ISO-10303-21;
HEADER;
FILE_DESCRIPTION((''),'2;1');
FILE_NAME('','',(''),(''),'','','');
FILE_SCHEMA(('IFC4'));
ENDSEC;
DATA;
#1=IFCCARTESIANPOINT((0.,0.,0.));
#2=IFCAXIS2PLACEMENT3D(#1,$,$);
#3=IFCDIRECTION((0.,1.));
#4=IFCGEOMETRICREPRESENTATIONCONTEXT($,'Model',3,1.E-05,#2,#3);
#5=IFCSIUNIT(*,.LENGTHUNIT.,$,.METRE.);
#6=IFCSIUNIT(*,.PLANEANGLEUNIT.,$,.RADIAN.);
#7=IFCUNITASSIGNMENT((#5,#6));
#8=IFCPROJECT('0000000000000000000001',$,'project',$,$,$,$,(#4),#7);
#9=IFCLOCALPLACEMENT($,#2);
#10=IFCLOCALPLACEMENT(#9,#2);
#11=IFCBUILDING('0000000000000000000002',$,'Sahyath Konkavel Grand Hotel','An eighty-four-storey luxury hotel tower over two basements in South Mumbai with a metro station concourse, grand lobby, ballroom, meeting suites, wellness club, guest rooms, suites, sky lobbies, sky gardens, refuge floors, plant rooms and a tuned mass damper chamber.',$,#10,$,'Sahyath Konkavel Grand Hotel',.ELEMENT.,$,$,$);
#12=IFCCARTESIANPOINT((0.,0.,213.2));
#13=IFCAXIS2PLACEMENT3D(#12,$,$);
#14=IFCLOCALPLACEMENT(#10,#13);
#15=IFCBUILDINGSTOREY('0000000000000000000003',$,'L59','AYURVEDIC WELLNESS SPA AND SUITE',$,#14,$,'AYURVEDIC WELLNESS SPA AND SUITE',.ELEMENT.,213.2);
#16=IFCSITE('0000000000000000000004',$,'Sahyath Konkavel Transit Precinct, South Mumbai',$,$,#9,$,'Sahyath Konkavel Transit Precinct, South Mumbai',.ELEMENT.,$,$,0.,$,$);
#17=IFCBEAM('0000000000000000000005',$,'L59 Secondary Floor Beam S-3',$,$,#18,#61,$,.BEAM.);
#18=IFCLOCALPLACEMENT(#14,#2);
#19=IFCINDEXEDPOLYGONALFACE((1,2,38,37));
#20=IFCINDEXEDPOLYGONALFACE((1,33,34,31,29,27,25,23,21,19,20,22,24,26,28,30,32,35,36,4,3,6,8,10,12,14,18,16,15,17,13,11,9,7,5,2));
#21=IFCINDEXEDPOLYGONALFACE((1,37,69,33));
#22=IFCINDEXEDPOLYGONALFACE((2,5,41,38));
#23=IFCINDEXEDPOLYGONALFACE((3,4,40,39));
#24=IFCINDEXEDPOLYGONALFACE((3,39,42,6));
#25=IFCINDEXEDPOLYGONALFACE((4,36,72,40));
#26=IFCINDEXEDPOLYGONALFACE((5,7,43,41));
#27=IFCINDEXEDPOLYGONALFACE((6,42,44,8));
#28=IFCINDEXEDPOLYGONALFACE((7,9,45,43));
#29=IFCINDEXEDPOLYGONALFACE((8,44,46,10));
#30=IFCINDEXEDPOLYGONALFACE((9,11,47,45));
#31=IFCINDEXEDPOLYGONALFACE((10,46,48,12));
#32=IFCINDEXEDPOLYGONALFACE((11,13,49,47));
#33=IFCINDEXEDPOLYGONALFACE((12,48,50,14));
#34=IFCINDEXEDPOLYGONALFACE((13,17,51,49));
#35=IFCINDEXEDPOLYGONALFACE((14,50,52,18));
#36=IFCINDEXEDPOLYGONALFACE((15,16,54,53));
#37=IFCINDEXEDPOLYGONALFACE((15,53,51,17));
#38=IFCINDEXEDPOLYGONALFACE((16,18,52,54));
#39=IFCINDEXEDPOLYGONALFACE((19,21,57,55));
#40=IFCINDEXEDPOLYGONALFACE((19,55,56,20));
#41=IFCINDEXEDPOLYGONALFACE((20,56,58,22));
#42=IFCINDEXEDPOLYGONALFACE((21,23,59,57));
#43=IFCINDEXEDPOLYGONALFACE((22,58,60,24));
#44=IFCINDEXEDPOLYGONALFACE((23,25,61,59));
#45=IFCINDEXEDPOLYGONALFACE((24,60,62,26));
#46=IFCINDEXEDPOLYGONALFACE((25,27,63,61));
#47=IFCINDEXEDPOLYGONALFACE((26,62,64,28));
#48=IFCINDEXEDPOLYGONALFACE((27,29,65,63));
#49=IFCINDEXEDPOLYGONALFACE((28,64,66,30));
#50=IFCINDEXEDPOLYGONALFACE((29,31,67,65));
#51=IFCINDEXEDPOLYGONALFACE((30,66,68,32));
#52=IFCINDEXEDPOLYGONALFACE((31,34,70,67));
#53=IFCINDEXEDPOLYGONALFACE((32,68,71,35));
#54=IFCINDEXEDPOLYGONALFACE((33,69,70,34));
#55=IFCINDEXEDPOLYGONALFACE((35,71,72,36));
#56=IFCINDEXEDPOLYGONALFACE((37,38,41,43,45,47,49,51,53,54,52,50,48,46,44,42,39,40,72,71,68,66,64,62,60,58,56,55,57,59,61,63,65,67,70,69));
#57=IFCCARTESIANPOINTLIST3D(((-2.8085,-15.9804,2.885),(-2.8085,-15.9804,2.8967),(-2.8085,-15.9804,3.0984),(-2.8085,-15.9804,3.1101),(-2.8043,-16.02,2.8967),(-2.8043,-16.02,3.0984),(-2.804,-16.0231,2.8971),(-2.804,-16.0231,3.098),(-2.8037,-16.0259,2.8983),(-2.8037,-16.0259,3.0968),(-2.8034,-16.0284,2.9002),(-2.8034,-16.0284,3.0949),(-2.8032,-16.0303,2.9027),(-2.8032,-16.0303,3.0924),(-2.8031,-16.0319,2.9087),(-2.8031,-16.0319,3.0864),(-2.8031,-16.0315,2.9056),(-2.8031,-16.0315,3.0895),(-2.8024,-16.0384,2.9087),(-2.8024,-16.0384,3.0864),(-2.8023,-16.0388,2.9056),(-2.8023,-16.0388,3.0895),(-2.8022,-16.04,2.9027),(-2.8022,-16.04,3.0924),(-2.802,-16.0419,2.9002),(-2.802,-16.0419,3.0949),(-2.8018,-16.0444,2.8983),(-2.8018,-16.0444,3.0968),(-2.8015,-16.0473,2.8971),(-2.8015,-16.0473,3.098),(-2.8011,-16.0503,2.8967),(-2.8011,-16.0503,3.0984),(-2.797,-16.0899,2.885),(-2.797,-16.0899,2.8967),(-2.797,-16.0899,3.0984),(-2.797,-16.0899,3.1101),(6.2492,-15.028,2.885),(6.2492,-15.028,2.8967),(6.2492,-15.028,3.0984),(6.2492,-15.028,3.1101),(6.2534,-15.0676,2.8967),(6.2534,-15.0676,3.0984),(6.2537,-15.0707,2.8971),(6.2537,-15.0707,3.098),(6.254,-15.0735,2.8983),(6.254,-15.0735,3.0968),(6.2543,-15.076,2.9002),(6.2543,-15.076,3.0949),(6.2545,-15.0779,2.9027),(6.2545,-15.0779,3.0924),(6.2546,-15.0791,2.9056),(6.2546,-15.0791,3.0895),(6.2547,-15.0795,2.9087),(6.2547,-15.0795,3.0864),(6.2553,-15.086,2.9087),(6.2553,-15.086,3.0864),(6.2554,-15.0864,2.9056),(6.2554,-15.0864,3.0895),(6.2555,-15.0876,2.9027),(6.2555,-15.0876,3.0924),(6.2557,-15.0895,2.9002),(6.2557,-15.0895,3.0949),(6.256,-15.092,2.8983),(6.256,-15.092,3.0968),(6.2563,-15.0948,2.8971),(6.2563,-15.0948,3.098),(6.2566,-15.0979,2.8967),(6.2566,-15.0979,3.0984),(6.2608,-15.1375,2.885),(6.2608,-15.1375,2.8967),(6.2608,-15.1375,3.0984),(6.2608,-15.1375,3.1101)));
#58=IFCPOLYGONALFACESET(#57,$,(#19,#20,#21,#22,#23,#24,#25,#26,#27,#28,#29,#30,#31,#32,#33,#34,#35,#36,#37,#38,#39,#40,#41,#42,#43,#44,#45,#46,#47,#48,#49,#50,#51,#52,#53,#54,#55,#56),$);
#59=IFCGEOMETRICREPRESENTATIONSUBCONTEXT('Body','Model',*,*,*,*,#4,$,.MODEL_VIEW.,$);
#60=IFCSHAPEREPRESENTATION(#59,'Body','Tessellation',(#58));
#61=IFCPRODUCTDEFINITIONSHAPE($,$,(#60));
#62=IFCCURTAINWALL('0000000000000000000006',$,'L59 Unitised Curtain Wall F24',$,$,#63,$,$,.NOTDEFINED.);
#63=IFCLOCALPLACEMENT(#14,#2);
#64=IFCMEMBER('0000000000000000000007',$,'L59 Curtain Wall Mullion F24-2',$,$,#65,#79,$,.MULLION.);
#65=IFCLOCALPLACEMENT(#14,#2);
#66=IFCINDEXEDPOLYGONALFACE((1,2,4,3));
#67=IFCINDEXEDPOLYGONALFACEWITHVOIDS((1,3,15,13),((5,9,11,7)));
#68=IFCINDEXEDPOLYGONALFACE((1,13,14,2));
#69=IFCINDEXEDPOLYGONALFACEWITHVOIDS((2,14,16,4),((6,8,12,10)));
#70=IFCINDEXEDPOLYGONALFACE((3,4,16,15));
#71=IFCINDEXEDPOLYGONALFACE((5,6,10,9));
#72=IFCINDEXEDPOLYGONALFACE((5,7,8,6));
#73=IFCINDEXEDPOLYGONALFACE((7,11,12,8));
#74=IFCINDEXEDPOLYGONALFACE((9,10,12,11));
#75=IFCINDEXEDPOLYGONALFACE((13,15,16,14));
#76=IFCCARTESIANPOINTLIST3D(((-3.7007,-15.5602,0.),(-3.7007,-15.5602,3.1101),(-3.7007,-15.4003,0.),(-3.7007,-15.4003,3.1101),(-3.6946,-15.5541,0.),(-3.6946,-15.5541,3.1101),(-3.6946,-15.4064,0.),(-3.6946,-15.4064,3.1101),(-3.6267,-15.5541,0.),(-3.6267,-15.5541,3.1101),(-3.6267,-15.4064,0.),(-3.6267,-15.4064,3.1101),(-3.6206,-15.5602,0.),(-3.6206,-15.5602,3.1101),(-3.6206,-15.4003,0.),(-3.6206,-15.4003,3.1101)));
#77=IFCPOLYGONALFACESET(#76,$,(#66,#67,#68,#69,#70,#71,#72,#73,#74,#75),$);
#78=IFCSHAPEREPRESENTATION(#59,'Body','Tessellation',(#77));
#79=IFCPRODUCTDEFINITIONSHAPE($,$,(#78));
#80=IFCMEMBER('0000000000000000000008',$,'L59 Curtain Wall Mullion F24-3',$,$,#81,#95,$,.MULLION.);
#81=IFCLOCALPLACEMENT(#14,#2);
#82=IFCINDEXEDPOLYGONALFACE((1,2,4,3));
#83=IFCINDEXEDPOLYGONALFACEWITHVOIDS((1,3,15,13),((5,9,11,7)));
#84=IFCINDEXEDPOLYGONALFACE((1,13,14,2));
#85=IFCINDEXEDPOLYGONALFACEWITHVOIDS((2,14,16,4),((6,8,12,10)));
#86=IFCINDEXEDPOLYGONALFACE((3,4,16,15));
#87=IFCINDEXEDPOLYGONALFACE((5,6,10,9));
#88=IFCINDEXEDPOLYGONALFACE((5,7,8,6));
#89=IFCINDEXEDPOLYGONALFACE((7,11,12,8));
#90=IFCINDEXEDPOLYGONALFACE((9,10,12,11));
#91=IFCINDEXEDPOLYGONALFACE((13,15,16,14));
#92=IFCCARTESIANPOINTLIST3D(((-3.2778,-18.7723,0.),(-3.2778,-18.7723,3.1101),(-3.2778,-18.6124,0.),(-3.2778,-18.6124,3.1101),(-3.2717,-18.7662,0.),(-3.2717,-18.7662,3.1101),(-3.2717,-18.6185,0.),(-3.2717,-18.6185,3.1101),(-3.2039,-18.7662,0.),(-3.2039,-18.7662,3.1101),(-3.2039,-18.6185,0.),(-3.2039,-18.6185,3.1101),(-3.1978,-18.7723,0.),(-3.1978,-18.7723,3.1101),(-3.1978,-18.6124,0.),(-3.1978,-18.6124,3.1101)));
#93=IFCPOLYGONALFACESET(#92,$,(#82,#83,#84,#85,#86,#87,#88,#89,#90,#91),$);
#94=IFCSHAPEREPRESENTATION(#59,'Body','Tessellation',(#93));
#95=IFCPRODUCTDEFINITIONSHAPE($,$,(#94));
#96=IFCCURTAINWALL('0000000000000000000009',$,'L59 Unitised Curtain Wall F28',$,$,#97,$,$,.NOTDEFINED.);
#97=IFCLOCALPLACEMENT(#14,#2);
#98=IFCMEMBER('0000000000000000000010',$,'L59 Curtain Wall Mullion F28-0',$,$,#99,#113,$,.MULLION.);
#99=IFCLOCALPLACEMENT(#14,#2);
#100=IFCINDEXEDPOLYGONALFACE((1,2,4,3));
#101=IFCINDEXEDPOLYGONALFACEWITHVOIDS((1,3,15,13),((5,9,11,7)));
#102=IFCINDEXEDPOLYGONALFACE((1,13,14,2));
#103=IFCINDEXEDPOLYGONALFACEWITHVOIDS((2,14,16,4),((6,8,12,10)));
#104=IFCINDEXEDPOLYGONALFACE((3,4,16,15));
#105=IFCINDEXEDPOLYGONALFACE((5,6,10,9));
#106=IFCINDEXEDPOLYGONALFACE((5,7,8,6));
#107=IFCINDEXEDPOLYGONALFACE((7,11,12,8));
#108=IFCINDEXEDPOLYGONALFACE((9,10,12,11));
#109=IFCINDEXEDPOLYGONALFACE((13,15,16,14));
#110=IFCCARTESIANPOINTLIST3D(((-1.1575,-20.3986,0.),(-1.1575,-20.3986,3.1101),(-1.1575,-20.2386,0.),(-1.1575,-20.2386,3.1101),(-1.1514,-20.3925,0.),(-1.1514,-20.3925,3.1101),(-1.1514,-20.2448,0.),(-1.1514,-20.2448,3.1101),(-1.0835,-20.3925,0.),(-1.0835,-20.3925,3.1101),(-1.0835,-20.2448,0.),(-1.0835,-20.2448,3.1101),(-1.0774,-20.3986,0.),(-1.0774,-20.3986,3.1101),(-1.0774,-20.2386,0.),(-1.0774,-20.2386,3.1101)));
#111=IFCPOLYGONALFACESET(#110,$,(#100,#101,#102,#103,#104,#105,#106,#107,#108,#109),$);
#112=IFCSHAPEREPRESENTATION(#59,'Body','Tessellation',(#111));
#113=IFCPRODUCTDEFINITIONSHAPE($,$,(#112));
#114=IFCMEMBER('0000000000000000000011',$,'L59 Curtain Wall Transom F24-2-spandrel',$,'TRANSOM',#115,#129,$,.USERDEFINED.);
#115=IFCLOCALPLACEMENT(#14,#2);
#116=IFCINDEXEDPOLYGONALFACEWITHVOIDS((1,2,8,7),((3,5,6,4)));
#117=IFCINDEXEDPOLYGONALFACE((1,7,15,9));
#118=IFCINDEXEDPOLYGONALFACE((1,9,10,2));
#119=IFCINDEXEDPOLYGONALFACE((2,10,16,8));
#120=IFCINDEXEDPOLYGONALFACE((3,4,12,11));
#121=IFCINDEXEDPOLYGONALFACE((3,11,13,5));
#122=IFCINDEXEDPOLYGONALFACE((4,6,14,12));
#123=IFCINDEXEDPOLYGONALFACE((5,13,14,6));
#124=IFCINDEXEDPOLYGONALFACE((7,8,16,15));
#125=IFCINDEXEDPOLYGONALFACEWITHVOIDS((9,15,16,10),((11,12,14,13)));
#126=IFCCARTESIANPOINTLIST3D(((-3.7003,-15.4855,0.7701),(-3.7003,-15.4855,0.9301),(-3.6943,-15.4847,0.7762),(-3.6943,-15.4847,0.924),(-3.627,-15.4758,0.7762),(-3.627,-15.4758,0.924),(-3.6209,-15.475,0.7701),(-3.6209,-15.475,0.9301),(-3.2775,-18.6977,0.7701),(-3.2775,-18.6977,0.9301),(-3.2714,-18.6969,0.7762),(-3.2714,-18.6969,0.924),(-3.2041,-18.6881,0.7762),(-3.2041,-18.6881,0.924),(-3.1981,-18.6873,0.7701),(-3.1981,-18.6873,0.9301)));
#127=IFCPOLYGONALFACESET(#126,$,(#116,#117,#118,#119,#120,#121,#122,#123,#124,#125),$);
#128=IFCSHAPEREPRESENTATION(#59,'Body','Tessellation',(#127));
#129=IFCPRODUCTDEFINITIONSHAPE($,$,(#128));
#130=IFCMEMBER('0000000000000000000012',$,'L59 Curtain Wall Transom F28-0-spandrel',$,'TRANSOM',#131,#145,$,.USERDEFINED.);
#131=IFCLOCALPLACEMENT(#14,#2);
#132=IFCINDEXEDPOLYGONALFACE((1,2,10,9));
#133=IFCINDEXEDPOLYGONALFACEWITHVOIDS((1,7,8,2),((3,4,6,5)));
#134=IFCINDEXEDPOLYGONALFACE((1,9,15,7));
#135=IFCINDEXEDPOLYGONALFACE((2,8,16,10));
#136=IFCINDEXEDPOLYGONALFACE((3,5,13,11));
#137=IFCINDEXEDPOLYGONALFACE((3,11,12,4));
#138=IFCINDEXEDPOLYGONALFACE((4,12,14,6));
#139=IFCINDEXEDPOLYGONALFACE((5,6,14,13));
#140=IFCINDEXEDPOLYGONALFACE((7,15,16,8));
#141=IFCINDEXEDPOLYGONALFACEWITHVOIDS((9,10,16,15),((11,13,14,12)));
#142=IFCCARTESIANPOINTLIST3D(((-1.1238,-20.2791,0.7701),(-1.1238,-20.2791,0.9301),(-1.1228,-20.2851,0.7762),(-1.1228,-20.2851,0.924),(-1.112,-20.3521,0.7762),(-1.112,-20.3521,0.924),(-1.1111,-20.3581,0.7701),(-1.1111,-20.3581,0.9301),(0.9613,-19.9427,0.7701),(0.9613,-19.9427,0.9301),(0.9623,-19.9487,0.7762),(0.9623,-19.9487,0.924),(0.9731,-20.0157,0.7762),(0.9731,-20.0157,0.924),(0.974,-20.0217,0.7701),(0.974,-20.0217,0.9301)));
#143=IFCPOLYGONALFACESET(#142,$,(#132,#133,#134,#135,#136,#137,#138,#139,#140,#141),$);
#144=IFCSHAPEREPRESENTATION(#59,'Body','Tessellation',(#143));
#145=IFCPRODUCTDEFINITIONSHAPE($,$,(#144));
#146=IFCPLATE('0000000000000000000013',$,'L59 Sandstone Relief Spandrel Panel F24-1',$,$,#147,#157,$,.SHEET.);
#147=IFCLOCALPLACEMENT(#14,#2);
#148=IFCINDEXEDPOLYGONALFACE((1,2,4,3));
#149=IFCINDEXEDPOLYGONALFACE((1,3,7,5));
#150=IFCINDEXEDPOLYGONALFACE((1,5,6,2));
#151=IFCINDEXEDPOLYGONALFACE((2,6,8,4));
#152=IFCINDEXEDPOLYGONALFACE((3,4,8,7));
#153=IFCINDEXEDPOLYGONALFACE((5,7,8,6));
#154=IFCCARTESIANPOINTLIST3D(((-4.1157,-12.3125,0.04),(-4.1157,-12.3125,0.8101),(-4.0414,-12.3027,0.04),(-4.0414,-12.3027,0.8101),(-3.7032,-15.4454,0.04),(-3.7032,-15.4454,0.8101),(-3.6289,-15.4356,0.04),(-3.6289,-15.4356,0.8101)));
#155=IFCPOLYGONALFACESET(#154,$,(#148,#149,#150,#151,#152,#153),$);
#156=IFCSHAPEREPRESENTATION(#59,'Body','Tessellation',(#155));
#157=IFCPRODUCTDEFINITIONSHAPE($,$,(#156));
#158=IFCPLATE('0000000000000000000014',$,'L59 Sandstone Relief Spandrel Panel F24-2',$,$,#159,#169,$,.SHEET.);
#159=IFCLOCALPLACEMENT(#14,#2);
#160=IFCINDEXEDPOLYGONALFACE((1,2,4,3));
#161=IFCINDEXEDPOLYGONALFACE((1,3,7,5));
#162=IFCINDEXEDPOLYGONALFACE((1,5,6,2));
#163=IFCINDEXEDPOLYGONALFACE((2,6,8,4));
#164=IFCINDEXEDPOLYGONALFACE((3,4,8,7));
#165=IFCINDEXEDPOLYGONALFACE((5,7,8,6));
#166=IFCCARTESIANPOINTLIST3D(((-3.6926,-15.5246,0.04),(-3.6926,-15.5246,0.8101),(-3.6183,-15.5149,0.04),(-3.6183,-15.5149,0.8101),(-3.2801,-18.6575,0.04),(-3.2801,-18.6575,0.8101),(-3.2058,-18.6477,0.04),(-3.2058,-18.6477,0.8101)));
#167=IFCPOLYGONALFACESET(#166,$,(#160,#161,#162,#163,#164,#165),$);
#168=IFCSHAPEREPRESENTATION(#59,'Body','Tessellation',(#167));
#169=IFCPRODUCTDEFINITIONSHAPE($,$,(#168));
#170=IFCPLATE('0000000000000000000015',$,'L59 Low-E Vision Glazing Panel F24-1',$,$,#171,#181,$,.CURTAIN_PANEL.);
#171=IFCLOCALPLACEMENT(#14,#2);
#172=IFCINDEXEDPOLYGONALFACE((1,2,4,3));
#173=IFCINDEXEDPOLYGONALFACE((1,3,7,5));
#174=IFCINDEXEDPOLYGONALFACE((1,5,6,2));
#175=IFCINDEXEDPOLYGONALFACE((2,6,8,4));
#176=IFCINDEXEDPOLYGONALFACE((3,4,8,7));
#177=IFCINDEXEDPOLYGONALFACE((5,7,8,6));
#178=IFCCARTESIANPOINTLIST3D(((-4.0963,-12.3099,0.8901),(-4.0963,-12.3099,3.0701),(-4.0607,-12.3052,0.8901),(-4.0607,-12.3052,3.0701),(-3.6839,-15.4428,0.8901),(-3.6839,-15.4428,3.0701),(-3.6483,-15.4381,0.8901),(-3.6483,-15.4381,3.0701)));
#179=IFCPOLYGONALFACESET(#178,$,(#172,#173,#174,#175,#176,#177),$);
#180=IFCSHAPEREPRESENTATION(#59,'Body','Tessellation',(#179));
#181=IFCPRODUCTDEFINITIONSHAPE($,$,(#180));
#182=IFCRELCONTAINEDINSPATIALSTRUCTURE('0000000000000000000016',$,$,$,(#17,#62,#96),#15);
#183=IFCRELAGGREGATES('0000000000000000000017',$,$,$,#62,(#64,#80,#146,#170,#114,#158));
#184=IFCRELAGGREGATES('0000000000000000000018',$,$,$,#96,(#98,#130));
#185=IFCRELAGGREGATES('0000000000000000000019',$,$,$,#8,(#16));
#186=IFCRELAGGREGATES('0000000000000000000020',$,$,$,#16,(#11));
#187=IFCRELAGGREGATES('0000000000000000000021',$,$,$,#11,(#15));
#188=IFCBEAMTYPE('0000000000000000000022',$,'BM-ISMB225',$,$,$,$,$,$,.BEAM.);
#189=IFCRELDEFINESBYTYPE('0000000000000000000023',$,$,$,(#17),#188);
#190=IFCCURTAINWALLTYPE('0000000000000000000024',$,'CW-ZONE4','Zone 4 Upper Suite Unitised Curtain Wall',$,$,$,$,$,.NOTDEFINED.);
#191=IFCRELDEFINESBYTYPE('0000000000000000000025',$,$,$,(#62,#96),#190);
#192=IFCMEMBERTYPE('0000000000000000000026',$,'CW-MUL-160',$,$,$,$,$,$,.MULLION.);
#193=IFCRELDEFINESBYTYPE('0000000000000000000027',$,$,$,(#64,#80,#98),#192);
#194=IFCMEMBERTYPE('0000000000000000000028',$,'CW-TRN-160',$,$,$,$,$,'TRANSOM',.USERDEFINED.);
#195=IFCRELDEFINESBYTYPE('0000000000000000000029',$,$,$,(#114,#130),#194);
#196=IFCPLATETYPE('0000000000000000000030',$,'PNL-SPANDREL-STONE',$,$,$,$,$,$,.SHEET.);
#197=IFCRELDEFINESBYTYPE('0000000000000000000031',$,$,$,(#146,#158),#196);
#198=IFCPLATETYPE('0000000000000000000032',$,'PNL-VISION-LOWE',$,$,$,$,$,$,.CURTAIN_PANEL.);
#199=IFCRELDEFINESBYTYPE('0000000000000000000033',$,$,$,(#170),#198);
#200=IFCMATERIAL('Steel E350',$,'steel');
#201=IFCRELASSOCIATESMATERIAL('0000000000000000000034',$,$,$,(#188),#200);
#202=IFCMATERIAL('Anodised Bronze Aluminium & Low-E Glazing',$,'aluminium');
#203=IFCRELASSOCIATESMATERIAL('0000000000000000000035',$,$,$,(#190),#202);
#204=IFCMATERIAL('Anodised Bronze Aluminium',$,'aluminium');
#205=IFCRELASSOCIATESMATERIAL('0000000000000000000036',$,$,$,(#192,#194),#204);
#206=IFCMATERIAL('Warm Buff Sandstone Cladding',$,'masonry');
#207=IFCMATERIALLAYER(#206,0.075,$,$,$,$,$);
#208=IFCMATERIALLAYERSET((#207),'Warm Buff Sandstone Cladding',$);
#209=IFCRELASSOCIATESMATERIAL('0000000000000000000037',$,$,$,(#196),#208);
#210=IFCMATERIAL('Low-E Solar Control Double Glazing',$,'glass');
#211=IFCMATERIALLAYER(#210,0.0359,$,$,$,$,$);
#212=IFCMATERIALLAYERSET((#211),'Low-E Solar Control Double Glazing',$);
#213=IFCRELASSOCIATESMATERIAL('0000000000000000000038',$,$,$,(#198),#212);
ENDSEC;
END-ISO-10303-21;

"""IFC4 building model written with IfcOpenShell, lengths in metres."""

from ifc_helpers import new_model, si_unit, direction, frame, origin, origin_2d, place, context, subcontext, project, spatial, rectangle, hollow_rectangle, i_section, extrude, source, transform, mapped, material, layer, layer_set, material_profile, profile_set, type_object, element, aggregate, save


model = new_model("IFC4")

# Units and contexts
model_context = context("Model", 3, precision=1e-05, world=origin(), true_north=direction((0.0, 1.0)))
body_context = subcontext(model_context, "Body", "Model", "MODEL_VIEW")
ifc_project = project(units=[si_unit("LENGTHUNIT", "METRE"), si_unit("PLANEANGLEUNIT", "RADIAN")], contexts=[model_context])

# Site, building, storey
site_placement = place(None, origin())
site = spatial("IfcSite", under=ifc_project, at=site_placement, Name="Sahyath Konkavel Transit Precinct, South Mumbai", LongName="Sahyath Konkavel Transit Precinct, South Mumbai", CompositionType="ELEMENT", RefElevation=0.0)
building_placement = place(site_placement, origin())
building = spatial("IfcBuilding", under=site, at=building_placement, Name="Sahyath Konkavel Grand Hotel", Description="An eighty-four-storey luxury hotel tower over two basements in South Mumbai with a metro station concourse, grand lobby, ballroom, meeting suites, wellness club, guest rooms, suites, sky lobbies, sky gardens, refuge floors, plant rooms and a tuned mass damper chamber.", LongName="Sahyath Konkavel Grand Hotel", CompositionType="ELEMENT")
storey_placement = place(building_placement, frame((0.0, 0.0, 213.2)))
storey = spatial("IfcBuildingStorey", under=building, at=storey_placement, Name="L59", Description="AYURVEDIC WELLNESS SPA AND SUITE", LongName="AYURVEDIC WELLNESS SPA AND SUITE", CompositionType="ELEMENT", Elevation=213.2)

# Beam
ifc_material_1 = material(Name="Steel E350", Category="steel")
ifc_material_profile_1 = material_profile(ifc_material_1, i_section(OverallWidth=0.1101, OverallDepth=0.2251, WebThickness=0.0066, FlangeThickness=0.0117, FilletRadius=0.012, at=origin_2d()), Name="ISMB 225")
ifc_profile_set_1 = profile_set([ifc_material_profile_1], Name="Steel E350")
beam_type_1 = type_object("IfcBeamType", Name="BM-ISMB225", PredefinedType="BEAM", material=ifc_profile_set_1)
shared_shape_1 = source(origin(), body_context, "Body", "SweptSolid", [
    extrude(i_section(OverallWidth=0.1101, OverallDepth=0.2251, WebThickness=0.0066, FlangeThickness=0.0117, FilletRadius=0.012, at=origin_2d()), origin(), (0.0, 0.0, 1.0), 9.1077),
])
beam_1_placement = place(storey_placement, frame((-2.8027, -16.0352, 2.9976), z_axis=(0.994517, 0.104572, 0.0), x_axis=(-0.104572, 0.994517, 0.0)))
element("IfcBeam", 1, at=beam_1_placement, inside=storey, type_object=beam_type_1, Name="L59 Secondary Floor Beam S-3", PredefinedType="BEAM", context=body_context, shape_type="MappedRepresentation", body=[
    mapped(shared_shape_1, transform((0.0, 0.0, 0.0), scale=1.0)),
])

# Curtain wall, members
ifc_material_2 = material(Name="Anodised Bronze Aluminium & Low-E Glazing", Category="aluminium")
curtain_wall_type = type_object("IfcCurtainWallType", Name="CW-ZONE4", Description="Zone 4 Upper Suite Unitised Curtain Wall", PredefinedType="NOTDEFINED", material=ifc_material_2)
curtain_wall_1_placement = place(storey_placement, origin())
curtain_wall_1 = element("IfcCurtainWall", 2, at=curtain_wall_1_placement, inside=storey, type_object=curtain_wall_type, Name="L59 Unitised Curtain Wall F24", PredefinedType="NOTDEFINED")
ifc_material_3 = material(Name="Anodised Bronze Aluminium", Category="aluminium")
ifc_material_profile_2 = material_profile(ifc_material_3, hollow_rectangle(XDim=0.0801, YDim=0.1599, WallThickness=0.0061, at=origin_2d()), Name="RHS 160x80x6")
ifc_profile_set_2 = profile_set([ifc_material_profile_2], Name="Anodised Bronze Aluminium")
member_type_1 = type_object("IfcMemberType", Name="CW-MUL-160", PredefinedType="MULLION", material=ifc_profile_set_2)
shared_shape_2 = source(origin(), body_context, "Body", "SweptSolid", [
    extrude(hollow_rectangle(XDim=0.0801, YDim=0.1599, WallThickness=0.0061, at=origin_2d()), origin(), (0.0, 0.0, 1.0), 3.1101),
])
member_1_placement = place(storey_placement, frame((-3.6606, -15.4802, 0.0), z_axis=(0.0, 0.0, 1.0), x_axis=(1.0, 0.0, 0.0)))
member_1 = element("IfcMember", 3, at=member_1_placement, type_object=member_type_1, Name="L59 Curtain Wall Mullion F24-2", PredefinedType="MULLION", context=body_context, shape_type="MappedRepresentation", body=[
    mapped(shared_shape_2, transform((0.0, 0.0, 0.0), scale=1.0)),
])
member_2_placement = place(storey_placement, frame((-3.2378, -18.6924, 0.0), z_axis=(0.0, 0.0, 1.0), x_axis=(1.0, 0.0, 0.0)))
member_2 = element("IfcMember", 4, at=member_2_placement, type_object=member_type_1, Name="L59 Curtain Wall Mullion F24-3", PredefinedType="MULLION", context=body_context, shape_type="MappedRepresentation", body=[
    mapped(shared_shape_2, transform((0.0, 0.0, 0.0), scale=1.0)),
])

# Curtain wall, member
curtain_wall_2_placement = place(storey_placement, origin())
curtain_wall_2 = element("IfcCurtainWall", 5, at=curtain_wall_2_placement, inside=storey, type_object=curtain_wall_type, Name="L59 Unitised Curtain Wall F28", PredefinedType="NOTDEFINED")
member_3_placement = place(storey_placement, frame((-1.1174, -20.3186, 0.0), z_axis=(0.0, 0.0, 1.0), x_axis=(1.0, 0.0, 0.0)))
member_3 = element("IfcMember", 6, at=member_3_placement, type_object=member_type_1, Name="L59 Curtain Wall Mullion F28-0", PredefinedType="MULLION", context=body_context, shape_type="MappedRepresentation", body=[
    mapped(shared_shape_2, transform((0.0, 0.0, 0.0), scale=1.0)),
])

# Members
ifc_material_profile_3 = material_profile(ifc_material_3, hollow_rectangle(XDim=0.0801, YDim=0.1599, WallThickness=0.0061, at=origin_2d()), Name="RHS 160x80x6")
ifc_profile_set_3 = profile_set([ifc_material_profile_3], Name="Anodised Bronze Aluminium")
member_type_2 = type_object("IfcMemberType", Name="CW-TRN-160", ElementType="TRANSOM", PredefinedType="USERDEFINED", material=ifc_profile_set_3)
shared_shape_3 = source(origin(), body_context, "Body", "SweptSolid", [
    extrude(hollow_rectangle(XDim=0.0801, YDim=0.1599, WallThickness=0.0061, at=origin_2d()), origin(), (0.0, 0.0, 1.0), 3.24),
])
member_4_placement = place(storey_placement, frame((-3.6606, -15.4802, 0.8501), z_axis=(0.130515, -0.991446, 0.0), x_axis=(0.991446, 0.130515, 0.0)))
member_4 = element("IfcMember", 7, at=member_4_placement, type_object=member_type_2, Name="L59 Curtain Wall Transom F24-2-spandrel", ObjectType="TRANSOM", PredefinedType="USERDEFINED", context=body_context, shape_type="MappedRepresentation", body=[
    mapped(shared_shape_3, transform((0.0, 0.0, 0.0), scale=1.0)),
])
shared_shape_4 = source(origin(), body_context, "Body", "SweptSolid", [
    extrude(hollow_rectangle(XDim=0.0801, YDim=0.1599, WallThickness=0.0061, at=origin_2d()), origin(), (0.0, 0.0, 1.0), 2.1121),
])
member_5_placement = place(storey_placement, frame((-1.1174, -20.3186, 0.8501), z_axis=(0.987233, 0.15928, 0.0), x_axis=(-0.15928, 0.987233, 0.0)))
member_5 = element("IfcMember", 8, at=member_5_placement, type_object=member_type_2, Name="L59 Curtain Wall Transom F28-0-spandrel", ObjectType="TRANSOM", PredefinedType="USERDEFINED", context=body_context, shape_type="MappedRepresentation", body=[
    mapped(shared_shape_4, transform((0.0, 0.0, 0.0), scale=1.0)),
])

# Plates
ifc_material_4 = material(Name="Warm Buff Sandstone Cladding", Category="masonry")
ifc_layer_1 = layer(ifc_material_4, 0.075)
ifc_layer_set_1 = layer_set([ifc_layer_1], Name="Warm Buff Sandstone Cladding")
plate_type_1 = type_object("IfcPlateType", Name="PNL-SPANDREL-STONE", PredefinedType="SHEET", material=ifc_layer_set_1)
shared_shape_5 = source(origin(), body_context, "Body", "SweptSolid", [
    extrude(rectangle(XDim=3.1599, YDim=0.075, at=origin_2d()), origin(), (0.0, 0.0, 1.0), 0.77),
])
plate_1_placement = place(storey_placement, frame((-3.8723, -13.874, 0.04), z_axis=(0.0, 0.0, 1.0), x_axis=(0.130526, -0.991445, 0.0)))
plate_1 = element("IfcPlate", 9, at=plate_1_placement, type_object=plate_type_1, Name="L59 Sandstone Relief Spandrel Panel F24-1", PredefinedType="SHEET", context=body_context, shape_type="MappedRepresentation", body=[
    mapped(shared_shape_5, transform((0.0, 0.0, 0.0), scale=1.0)),
])
plate_2_placement = place(storey_placement, frame((-3.4492, -17.0862, 0.04), z_axis=(0.0, 0.0, 1.0), x_axis=(0.130526, -0.991445, 0.0)))
plate_2 = element("IfcPlate", 10, at=plate_2_placement, type_object=plate_type_1, Name="L59 Sandstone Relief Spandrel Panel F24-2", PredefinedType="SHEET", context=body_context, shape_type="MappedRepresentation", body=[
    mapped(shared_shape_5, transform((0.0, 0.0, 0.0), scale=1.0)),
])
ifc_material_5 = material(Name="Low-E Solar Control Double Glazing", Category="glass")
ifc_layer_2 = layer(ifc_material_5, 0.0359)
ifc_layer_set_2 = layer_set([ifc_layer_2], Name="Low-E Solar Control Double Glazing")
plate_type_2 = type_object("IfcPlateType", Name="PNL-VISION-LOWE", PredefinedType="CURTAIN_PANEL", material=ifc_layer_set_2)
shared_shape_6 = source(origin(), body_context, "Body", "SweptSolid", [
    extrude(rectangle(XDim=3.1599, YDim=0.0359, at=origin_2d()), origin(), (0.0, 0.0, 1.0), 2.1799),
])
plate_3_placement = place(storey_placement, frame((-3.8723, -13.874, 0.8901), z_axis=(0.0, 0.0, 1.0), x_axis=(0.130526, -0.991445, 0.0)))
plate_3 = element("IfcPlate", 11, at=plate_3_placement, type_object=plate_type_2, Name="L59 Low-E Vision Glazing Panel F24-1", PredefinedType="CURTAIN_PANEL", context=body_context, shape_type="MappedRepresentation", body=[
    mapped(shared_shape_6, transform((0.0, 0.0, 0.0), scale=1.0)),
])
aggregate(curtain_wall_1, [member_1, member_2, plate_1, plate_3, member_4, plate_2])
aggregate(curtain_wall_2, [member_3, member_5])

save(model, "model.ifc")
